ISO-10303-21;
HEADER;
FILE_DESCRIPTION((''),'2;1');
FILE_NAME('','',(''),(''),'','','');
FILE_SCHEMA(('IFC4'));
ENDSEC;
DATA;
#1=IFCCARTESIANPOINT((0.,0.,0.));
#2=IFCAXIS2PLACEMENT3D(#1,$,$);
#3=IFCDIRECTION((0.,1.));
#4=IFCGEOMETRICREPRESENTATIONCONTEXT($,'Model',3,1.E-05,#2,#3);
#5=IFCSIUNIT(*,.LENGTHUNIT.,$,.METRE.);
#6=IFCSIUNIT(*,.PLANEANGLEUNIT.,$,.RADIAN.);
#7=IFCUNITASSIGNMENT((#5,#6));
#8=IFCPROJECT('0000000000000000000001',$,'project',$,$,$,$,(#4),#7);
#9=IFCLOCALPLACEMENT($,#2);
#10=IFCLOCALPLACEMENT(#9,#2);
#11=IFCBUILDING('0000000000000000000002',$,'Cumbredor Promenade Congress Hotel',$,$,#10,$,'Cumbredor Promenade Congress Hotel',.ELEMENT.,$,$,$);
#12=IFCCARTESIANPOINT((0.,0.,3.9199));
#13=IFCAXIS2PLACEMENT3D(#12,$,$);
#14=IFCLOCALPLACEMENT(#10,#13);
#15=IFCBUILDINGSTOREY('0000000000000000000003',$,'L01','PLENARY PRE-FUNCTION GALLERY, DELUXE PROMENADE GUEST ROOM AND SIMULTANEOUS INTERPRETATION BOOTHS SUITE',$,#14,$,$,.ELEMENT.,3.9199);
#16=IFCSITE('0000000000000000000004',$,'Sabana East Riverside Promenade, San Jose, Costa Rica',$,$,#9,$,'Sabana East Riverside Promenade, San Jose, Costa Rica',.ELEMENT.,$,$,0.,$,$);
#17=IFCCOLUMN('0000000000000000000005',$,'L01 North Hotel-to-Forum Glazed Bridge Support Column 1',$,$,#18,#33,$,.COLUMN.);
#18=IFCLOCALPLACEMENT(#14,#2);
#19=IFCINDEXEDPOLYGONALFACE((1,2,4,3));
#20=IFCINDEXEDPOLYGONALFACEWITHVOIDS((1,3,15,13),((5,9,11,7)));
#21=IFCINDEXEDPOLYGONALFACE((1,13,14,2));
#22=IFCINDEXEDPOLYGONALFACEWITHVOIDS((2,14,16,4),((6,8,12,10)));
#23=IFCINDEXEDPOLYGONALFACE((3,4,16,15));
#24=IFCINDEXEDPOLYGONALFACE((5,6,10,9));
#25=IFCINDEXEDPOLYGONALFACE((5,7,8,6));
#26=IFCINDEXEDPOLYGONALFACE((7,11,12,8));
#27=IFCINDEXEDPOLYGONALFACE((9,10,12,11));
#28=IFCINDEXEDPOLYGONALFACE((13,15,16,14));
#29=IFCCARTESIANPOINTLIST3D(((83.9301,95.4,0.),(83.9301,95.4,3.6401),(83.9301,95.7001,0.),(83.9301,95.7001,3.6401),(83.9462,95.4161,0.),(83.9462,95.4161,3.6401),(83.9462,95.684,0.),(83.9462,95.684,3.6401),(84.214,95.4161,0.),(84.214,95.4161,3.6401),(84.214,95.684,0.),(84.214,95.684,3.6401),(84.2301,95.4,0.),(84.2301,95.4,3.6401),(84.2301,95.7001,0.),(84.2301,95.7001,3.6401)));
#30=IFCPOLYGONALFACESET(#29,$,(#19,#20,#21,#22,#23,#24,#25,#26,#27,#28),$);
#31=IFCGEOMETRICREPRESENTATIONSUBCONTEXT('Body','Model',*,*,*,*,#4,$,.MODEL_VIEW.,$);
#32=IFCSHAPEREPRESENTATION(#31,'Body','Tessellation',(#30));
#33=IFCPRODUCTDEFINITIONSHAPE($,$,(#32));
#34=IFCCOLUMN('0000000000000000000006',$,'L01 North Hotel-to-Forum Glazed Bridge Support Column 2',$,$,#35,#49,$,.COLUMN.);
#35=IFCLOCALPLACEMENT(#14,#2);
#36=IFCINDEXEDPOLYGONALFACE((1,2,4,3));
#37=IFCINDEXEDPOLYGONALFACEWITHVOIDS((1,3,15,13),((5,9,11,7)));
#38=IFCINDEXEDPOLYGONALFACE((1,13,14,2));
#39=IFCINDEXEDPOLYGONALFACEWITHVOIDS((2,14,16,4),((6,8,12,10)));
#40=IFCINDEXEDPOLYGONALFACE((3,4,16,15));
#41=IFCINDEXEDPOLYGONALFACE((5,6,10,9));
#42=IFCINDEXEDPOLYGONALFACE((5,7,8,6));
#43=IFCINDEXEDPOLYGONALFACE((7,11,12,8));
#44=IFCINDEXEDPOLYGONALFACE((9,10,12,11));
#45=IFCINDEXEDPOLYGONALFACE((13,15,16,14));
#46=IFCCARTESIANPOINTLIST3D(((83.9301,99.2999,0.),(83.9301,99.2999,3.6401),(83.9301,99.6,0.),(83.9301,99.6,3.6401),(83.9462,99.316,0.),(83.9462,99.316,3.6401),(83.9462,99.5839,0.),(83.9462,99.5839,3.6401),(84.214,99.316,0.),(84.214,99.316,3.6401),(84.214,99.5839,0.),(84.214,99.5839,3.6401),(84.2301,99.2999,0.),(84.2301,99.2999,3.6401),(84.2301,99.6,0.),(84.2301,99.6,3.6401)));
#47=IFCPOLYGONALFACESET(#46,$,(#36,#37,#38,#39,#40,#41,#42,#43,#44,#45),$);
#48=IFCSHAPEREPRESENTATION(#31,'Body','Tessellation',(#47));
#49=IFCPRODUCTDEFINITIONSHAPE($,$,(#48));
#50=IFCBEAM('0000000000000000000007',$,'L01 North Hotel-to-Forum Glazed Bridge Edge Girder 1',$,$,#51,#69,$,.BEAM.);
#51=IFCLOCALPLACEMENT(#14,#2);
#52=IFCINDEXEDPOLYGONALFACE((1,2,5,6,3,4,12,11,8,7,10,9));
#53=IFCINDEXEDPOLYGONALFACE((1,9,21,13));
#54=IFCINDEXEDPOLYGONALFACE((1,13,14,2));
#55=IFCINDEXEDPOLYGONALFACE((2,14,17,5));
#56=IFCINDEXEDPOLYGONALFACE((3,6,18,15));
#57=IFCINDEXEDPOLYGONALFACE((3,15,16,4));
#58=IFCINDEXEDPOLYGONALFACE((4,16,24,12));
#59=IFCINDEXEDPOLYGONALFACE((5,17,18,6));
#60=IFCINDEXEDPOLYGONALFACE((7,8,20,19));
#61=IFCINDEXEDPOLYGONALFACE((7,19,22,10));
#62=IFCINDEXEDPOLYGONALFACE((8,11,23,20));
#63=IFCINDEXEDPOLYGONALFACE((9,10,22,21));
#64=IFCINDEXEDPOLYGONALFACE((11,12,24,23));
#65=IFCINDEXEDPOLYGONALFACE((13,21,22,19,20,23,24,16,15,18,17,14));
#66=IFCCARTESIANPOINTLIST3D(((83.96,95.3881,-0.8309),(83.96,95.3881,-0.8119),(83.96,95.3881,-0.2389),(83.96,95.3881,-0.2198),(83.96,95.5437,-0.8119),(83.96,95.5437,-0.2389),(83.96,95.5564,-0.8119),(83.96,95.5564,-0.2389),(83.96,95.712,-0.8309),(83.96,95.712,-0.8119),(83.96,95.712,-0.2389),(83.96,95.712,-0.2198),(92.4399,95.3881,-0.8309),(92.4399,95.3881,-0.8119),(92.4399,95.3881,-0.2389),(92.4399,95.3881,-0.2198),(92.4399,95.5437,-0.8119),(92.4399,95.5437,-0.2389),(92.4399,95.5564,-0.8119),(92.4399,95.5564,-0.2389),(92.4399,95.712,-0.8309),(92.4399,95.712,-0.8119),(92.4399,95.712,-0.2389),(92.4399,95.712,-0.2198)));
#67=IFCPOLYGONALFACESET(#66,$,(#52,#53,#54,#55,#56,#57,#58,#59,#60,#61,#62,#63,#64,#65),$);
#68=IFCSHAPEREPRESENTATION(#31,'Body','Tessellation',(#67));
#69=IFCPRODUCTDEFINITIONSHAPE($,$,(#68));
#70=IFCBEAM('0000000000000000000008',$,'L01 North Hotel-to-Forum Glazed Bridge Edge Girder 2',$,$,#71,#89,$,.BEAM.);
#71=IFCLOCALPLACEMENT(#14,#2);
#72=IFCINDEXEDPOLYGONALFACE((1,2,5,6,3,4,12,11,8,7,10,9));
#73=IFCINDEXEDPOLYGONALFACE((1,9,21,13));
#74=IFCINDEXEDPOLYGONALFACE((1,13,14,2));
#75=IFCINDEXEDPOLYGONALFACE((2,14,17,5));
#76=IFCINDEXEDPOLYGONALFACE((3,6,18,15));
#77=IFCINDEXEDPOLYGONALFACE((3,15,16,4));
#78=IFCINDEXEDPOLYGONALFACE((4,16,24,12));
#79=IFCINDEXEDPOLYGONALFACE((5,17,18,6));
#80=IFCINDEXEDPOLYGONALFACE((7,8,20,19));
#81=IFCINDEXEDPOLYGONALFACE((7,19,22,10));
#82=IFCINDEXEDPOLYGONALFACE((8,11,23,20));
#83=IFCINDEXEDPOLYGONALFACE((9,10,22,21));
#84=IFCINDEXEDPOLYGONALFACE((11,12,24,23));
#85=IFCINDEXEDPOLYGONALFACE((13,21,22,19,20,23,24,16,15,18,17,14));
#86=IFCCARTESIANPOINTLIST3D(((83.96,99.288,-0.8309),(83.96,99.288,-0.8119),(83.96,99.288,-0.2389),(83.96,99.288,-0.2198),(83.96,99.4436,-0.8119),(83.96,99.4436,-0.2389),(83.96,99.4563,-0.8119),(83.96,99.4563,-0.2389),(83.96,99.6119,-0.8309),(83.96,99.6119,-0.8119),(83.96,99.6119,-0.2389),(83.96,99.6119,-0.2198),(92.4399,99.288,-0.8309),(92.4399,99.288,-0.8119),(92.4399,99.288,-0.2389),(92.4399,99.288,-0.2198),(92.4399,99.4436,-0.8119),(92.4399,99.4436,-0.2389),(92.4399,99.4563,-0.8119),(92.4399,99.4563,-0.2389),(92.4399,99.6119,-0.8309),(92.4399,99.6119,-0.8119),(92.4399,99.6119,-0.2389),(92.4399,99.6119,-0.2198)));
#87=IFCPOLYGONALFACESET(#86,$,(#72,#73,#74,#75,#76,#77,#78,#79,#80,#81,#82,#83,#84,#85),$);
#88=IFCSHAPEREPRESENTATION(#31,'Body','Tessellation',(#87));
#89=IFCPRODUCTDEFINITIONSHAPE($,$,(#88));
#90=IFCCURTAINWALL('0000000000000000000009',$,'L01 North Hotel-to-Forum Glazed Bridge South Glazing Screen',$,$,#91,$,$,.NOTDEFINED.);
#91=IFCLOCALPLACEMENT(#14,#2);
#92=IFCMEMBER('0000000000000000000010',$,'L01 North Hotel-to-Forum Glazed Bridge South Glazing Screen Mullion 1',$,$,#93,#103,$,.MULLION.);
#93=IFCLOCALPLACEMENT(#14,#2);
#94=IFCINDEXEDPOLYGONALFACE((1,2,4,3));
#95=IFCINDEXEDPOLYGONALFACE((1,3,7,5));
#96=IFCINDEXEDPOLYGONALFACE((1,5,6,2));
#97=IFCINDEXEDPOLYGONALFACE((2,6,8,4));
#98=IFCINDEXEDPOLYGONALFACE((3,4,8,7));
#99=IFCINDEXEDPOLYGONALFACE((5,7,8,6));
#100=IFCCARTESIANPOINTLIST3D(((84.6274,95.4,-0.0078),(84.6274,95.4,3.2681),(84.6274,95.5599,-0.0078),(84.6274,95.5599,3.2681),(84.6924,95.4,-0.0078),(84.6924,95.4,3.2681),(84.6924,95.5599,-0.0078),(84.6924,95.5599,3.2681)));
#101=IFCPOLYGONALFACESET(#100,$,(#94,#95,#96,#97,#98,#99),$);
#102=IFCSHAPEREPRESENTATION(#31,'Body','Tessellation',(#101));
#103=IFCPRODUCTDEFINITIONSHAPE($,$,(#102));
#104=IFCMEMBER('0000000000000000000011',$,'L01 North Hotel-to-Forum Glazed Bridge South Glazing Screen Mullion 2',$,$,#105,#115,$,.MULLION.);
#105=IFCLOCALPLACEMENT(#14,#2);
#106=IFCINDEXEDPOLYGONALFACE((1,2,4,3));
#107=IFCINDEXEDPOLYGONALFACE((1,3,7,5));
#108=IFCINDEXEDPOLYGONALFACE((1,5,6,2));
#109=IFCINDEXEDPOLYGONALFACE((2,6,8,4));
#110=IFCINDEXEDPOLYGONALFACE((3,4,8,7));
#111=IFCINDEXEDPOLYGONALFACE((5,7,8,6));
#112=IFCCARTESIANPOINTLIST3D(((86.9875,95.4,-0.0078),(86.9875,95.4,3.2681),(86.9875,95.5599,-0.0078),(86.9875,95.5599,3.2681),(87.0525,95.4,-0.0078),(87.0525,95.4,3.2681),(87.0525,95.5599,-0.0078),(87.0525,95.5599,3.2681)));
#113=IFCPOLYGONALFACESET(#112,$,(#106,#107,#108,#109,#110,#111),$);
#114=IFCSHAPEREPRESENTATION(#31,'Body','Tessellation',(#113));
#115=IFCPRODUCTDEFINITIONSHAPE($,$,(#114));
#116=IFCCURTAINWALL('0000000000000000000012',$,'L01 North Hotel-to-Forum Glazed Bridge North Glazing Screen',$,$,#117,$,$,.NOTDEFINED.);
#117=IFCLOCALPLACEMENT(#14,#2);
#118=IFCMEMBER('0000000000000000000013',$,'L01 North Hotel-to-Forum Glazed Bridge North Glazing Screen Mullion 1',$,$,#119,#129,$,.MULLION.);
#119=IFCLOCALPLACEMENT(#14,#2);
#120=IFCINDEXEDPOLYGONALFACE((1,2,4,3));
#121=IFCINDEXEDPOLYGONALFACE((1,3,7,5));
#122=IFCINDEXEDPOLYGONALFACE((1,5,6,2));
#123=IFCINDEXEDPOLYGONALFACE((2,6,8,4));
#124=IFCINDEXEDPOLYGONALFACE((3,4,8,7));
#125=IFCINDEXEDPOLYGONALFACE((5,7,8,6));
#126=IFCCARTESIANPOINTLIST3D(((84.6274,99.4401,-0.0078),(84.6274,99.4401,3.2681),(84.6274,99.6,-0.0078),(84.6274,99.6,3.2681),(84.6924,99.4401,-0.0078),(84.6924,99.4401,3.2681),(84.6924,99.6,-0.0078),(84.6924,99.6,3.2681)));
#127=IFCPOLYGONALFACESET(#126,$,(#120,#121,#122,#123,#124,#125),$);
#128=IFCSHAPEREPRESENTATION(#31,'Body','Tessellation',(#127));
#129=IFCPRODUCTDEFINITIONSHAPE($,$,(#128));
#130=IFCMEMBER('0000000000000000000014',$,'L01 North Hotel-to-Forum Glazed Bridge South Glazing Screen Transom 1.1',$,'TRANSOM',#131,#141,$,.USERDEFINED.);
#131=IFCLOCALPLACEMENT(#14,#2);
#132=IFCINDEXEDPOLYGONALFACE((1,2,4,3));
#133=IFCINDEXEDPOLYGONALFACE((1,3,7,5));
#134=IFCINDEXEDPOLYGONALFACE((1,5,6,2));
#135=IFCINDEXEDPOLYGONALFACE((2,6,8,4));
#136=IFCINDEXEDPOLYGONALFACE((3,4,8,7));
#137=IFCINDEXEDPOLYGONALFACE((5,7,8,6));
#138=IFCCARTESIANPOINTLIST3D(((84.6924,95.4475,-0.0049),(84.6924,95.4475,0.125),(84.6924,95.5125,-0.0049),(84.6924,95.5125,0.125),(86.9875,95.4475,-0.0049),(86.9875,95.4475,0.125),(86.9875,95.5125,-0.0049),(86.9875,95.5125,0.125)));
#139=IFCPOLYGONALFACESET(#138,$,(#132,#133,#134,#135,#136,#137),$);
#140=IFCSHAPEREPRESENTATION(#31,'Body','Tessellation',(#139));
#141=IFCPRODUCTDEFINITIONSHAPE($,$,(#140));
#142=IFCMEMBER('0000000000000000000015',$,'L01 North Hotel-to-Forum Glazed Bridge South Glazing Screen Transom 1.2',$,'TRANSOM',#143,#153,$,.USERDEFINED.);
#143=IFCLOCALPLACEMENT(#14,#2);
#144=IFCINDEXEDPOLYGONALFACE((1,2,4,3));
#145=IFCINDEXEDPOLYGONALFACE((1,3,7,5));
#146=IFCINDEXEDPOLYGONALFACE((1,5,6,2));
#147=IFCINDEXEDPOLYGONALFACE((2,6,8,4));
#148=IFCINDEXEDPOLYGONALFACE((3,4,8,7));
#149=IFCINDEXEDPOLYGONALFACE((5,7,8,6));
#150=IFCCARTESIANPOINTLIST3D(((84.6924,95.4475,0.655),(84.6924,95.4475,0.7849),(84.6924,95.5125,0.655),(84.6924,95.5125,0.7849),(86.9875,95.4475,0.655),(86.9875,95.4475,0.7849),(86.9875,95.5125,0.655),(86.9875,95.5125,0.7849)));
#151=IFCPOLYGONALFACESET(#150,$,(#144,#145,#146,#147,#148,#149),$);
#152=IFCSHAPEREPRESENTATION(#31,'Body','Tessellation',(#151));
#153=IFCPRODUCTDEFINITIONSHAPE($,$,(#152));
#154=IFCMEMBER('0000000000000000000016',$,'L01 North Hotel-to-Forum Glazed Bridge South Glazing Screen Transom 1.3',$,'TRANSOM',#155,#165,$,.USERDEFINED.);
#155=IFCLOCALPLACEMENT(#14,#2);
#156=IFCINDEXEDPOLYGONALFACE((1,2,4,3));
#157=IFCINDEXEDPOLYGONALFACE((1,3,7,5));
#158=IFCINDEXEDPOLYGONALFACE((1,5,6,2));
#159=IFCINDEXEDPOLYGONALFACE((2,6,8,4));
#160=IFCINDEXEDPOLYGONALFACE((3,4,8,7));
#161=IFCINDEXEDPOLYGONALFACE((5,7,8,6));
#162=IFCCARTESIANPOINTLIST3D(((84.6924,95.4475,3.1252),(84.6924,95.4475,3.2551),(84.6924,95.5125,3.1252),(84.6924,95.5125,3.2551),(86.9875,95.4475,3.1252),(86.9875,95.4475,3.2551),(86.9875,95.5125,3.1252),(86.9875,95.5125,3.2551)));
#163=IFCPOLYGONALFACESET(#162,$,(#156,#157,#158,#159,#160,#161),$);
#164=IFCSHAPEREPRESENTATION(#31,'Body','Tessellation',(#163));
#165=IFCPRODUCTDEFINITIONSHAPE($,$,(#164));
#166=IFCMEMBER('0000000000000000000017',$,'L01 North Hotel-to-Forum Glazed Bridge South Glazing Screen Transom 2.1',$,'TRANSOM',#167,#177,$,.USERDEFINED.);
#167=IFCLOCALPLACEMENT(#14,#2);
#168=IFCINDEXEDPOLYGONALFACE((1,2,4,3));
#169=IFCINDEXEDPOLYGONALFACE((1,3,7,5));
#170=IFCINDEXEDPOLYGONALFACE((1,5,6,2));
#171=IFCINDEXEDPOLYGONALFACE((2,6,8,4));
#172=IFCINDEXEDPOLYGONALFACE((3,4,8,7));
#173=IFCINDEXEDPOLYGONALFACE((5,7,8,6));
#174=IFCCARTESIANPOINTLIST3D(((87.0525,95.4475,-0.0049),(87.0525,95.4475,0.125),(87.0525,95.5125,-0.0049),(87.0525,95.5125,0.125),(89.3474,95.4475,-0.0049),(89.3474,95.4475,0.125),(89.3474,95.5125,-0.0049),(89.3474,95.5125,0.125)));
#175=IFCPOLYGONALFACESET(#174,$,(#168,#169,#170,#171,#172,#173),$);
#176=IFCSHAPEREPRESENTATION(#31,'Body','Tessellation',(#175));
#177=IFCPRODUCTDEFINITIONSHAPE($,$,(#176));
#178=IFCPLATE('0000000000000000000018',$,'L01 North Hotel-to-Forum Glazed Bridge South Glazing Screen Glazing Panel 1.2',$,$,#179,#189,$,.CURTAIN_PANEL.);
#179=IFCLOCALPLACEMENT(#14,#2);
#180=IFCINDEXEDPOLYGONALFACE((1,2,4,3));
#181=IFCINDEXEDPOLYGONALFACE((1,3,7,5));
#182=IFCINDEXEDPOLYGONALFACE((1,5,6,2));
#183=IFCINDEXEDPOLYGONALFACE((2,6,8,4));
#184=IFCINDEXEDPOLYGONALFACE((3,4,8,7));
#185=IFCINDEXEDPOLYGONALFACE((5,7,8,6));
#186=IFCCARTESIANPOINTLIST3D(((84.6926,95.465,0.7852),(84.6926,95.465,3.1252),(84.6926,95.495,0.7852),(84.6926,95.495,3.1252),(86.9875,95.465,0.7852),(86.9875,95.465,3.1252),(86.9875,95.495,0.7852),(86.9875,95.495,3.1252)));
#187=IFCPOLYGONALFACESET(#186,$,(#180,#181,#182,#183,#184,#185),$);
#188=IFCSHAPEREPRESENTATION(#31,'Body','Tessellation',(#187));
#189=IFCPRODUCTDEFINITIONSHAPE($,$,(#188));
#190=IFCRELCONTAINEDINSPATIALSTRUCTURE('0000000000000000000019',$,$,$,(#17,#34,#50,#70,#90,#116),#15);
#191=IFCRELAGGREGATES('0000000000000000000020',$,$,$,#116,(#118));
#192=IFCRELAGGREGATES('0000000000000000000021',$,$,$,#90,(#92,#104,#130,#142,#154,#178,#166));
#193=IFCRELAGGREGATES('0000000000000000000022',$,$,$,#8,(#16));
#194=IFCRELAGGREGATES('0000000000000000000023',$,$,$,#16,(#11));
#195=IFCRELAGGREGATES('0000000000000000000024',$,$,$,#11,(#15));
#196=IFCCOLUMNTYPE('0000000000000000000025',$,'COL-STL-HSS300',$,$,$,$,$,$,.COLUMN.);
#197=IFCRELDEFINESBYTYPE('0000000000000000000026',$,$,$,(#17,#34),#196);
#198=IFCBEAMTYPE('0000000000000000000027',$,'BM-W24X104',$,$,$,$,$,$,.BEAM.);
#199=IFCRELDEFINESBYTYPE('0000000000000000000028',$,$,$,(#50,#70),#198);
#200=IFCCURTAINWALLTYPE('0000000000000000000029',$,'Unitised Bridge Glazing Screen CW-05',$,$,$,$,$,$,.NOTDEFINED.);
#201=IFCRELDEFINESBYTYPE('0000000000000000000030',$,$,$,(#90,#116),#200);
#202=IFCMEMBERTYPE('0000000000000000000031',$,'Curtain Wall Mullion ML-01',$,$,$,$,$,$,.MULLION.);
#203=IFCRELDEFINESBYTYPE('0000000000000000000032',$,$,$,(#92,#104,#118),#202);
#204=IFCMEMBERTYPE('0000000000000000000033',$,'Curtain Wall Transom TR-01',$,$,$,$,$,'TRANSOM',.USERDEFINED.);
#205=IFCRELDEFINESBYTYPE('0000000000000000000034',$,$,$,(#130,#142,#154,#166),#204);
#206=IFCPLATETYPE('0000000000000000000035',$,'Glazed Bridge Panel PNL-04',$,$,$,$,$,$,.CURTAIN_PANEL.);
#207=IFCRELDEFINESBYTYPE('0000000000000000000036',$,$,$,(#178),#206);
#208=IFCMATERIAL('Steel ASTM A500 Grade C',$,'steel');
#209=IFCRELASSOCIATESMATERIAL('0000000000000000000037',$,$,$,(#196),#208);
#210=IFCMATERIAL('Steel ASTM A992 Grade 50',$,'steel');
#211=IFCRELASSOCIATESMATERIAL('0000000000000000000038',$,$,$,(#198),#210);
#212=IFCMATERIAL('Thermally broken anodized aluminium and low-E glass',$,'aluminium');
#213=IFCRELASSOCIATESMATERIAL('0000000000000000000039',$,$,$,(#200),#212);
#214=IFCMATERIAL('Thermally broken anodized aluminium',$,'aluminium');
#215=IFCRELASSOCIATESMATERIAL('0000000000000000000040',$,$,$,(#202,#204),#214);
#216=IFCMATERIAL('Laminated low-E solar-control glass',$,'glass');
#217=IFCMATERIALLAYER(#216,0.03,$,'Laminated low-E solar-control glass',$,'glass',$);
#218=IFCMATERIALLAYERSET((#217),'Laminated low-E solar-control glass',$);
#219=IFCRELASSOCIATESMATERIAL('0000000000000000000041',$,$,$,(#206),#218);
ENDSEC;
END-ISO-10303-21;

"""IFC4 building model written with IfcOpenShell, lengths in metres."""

from ifc_helpers import new_model, si_unit, direction, frame, origin, origin_2d, place, context, subcontext, project, spatial, rectangle, hollow_rectangle, i_section, extrude, material, layer, layer_set, material_profile, profile_set, type_object, element, aggregate, save


model = new_model("IFC4")

# Units and contexts
model_context = context("Model", 3, precision=1e-05, world=origin(), true_north=direction((0.0, 1.0)))
body_context = subcontext(model_context, "Body", "Model", "MODEL_VIEW")
ifc_project = project(units=[si_unit("LENGTHUNIT", "METRE"), si_unit("PLANEANGLEUNIT", "RADIAN")], contexts=[model_context])

# Site, building, storey
site_placement = place(None, origin())
site = spatial("IfcSite", under=ifc_project, at=site_placement, Name="Sabana East Riverside Promenade, San Jose, Costa Rica", LongName="Sabana East Riverside Promenade, San Jose, Costa Rica", CompositionType="ELEMENT", RefElevation=0.0)
building_placement = place(site_placement, origin())
building = spatial("IfcBuilding", under=site, at=building_placement, Name="Cumbredor Promenade Congress Hotel", LongName="Cumbredor Promenade Congress Hotel", CompositionType="ELEMENT")
storey_placement = place(building_placement, frame((0.0, 0.0, 3.9199)))
storey = spatial("IfcBuildingStorey", under=building, at=storey_placement, Name="L01", Description="PLENARY PRE-FUNCTION GALLERY, DELUXE PROMENADE GUEST ROOM AND SIMULTANEOUS INTERPRETATION BOOTHS SUITE", CompositionType="ELEMENT", Elevation=3.9199)

# Columns
ifc_material_1 = material(Name="Steel ASTM A500 Grade C", Category="steel")
ifc_material_profile_1 = material_profile(ifc_material_1, hollow_rectangle(XDim=0.3, YDim=0.3, WallThickness=0.0161, at=origin_2d()), Name="HSS 300x300x16")
ifc_profile_set_1 = profile_set([ifc_material_profile_1], Name="Steel ASTM A500 Grade C")
column_type = type_object("IfcColumnType", Name="COL-STL-HSS300", PredefinedType="COLUMN", material=ifc_profile_set_1)
for number, where, z_axis, x_axis, name in (
    (1, (84.0801, 95.55, 0.0), (0.0, 0.0, 1.0), (1.0, 0.0, 0.0), "L01 North Hotel-to-Forum Glazed Bridge Support Column 1"),
    (2, (84.0801, 99.45, 0.0), (0.0, 0.0, 1.0), (1.0, 0.0, 0.0), "L01 North Hotel-to-Forum Glazed Bridge Support Column 2"),
):
    element("IfcColumn", number, at=place(storey_placement, frame(where, z_axis=z_axis, x_axis=x_axis)), inside=storey, type_object=column_type, Name=name, PredefinedType="COLUMN", context=body_context, shape_type="SweptSolid", body=[
        extrude(hollow_rectangle(XDim=0.3, YDim=0.3, WallThickness=0.0161, at=origin_2d()), origin(), (0.0, 0.0, 1.0), 3.6401),
    ])

# Beams
ifc_material_2 = material(Name="Steel ASTM A992 Grade 50", Category="steel")
ifc_material_profile_2 = material_profile(ifc_material_2, i_section(OverallWidth=0.324, OverallDepth=0.6111, WebThickness=0.0127, FlangeThickness=0.019, at=origin_2d()), Name="W24X104")
ifc_profile_set_2 = profile_set([ifc_material_profile_2], Name="Steel ASTM A992 Grade 50")
beam_type = type_object("IfcBeamType", Name="BM-W24X104", PredefinedType="BEAM", material=ifc_profile_set_2)
for number, where, z_axis, x_axis, name in (
    (3, (83.96, 95.55, -0.5254), (1.0, 0.0, 0.0), (0.0, 1.0, 0.0), "L01 North Hotel-to-Forum Glazed Bridge Edge Girder 1"),
    (4, (83.96, 99.45, -0.5254), (1.0, 0.0, 0.0), (0.0, 1.0, 0.0), "L01 North Hotel-to-Forum Glazed Bridge Edge Girder 2"),
):
    element("IfcBeam", number, at=place(storey_placement, frame(where, z_axis=z_axis, x_axis=x_axis)), inside=storey, type_object=beam_type, Name=name, PredefinedType="BEAM", context=body_context, shape_type="SweptSolid", body=[
        extrude(i_section(OverallWidth=0.324, OverallDepth=0.6111, WebThickness=0.0127, FlangeThickness=0.019, at=origin_2d()), origin(), (0.0, 0.0, 1.0), 8.48),
    ])

# Curtain wall, members
ifc_material_3 = material(Name="Thermally broken anodized aluminium and low-E glass", Category="aluminium")
curtain_wall_type = type_object("IfcCurtainWallType", Name="Unitised Bridge Glazing Screen CW-05", PredefinedType="NOTDEFINED", material=ifc_material_3)
curtain_wall_1_placement = place(storey_placement, origin())
curtain_wall_1 = element("IfcCurtainWall", 5, at=curtain_wall_1_placement, inside=storey, type_object=curtain_wall_type, Name="L01 North Hotel-to-Forum Glazed Bridge South Glazing Screen", PredefinedType="NOTDEFINED")
ifc_material_4 = material(Name="Thermally broken anodized aluminium", Category="aluminium")
ifc_material_profile_3 = material_profile(ifc_material_4, rectangle(XDim=0.0649, YDim=0.1599, at=origin_2d()), Name="ALU MULLION 65x160")
ifc_profile_set_3 = profile_set([ifc_material_profile_3], Name="Thermally broken anodized aluminium")
member_type_1 = type_object("IfcMemberType", Name="Curtain Wall Mullion ML-01", PredefinedType="MULLION", material=ifc_profile_set_3)
member_1_placement = place(storey_placement, frame((84.6599, 95.48, -0.0078), z_axis=(0.0, 0.0, 1.0), x_axis=(1.0, 0.0, 0.0)))
member_1 = element("IfcMember", 6, at=member_1_placement, type_object=member_type_1, Name="L01 North Hotel-to-Forum Glazed Bridge South Glazing Screen Mullion 1", PredefinedType="MULLION", context=body_context, shape_type="SweptSolid", body=[
    extrude(rectangle(XDim=0.0649, YDim=0.1599, at=origin_2d()), origin(), (0.0, 0.0, 1.0), 3.2759),
])
member_2_placement = place(storey_placement, frame((87.02, 95.48, -0.0078), z_axis=(0.0, 0.0, 1.0), x_axis=(1.0, 0.0, 0.0)))
member_2 = element("IfcMember", 7, at=member_2_placement, type_object=member_type_1, Name="L01 North Hotel-to-Forum Glazed Bridge South Glazing Screen Mullion 2", PredefinedType="MULLION", context=body_context, shape_type="SweptSolid", body=[
    extrude(rectangle(XDim=0.0649, YDim=0.1599, at=origin_2d()), origin(), (0.0, 0.0, 1.0), 3.2759),
])

# Curtain wall, member
curtain_wall_2_placement = place(storey_placement, origin())
curtain_wall_2 = element("IfcCurtainWall", 8, at=curtain_wall_2_placement, inside=storey, type_object=curtain_wall_type, Name="L01 North Hotel-to-Forum Glazed Bridge North Glazing Screen", PredefinedType="NOTDEFINED")
member_3_placement = place(storey_placement, frame((84.6599, 99.52, -0.0078), z_axis=(0.0, 0.0, 1.0), x_axis=(1.0, 0.0, 0.0)))
member_3 = element("IfcMember", 9, at=member_3_placement, type_object=member_type_1, Name="L01 North Hotel-to-Forum Glazed Bridge North Glazing Screen Mullion 1", PredefinedType="MULLION", context=body_context, shape_type="SweptSolid", body=[
    extrude(rectangle(XDim=0.0649, YDim=0.1599, at=origin_2d()), origin(), (0.0, 0.0, 1.0), 3.2759),
])
aggregate(curtain_wall_2, [member_3])

# Members
ifc_material_profile_4 = material_profile(ifc_material_4, rectangle(XDim=0.0649, YDim=0.1299, at=origin_2d()), Name="ALU TRANSOM 65x130")
ifc_profile_set_4 = profile_set([ifc_material_profile_4], Name="Thermally broken anodized aluminium")
member_type_2 = type_object("IfcMemberType", Name="Curtain Wall Transom TR-01", ElementType="TRANSOM", PredefinedType="USERDEFINED", material=ifc_profile_set_4)
member_4_placement = place(storey_placement, frame((84.6924, 95.48, 0.0601), z_axis=(1.0, 0.0, 0.0), x_axis=(0.0, 1.0, 0.0)))
member_4 = element("IfcMember", 10, at=member_4_placement, type_object=member_type_2, Name="L01 North Hotel-to-Forum Glazed Bridge South Glazing Screen Transom 1.1", ObjectType="TRANSOM", PredefinedType="USERDEFINED", context=body_context, shape_type="SweptSolid", body=[
    extrude(rectangle(XDim=0.0649, YDim=0.1299, at=origin_2d()), origin(), (0.0, 0.0, 1.0), 2.2952),
])
member_5_placement = place(storey_placement, frame((84.6924, 95.48, 0.72), z_axis=(1.0, 0.0, 0.0), x_axis=(0.0, 1.0, 0.0)))
member_5 = element("IfcMember", 11, at=member_5_placement, type_object=member_type_2, Name="L01 North Hotel-to-Forum Glazed Bridge South Glazing Screen Transom 1.2", ObjectType="TRANSOM", PredefinedType="USERDEFINED", context=body_context, shape_type="SweptSolid", body=[
    extrude(rectangle(XDim=0.0649, YDim=0.1299, at=origin_2d()), origin(), (0.0, 0.0, 1.0), 2.2952),
])
member_6_placement = place(storey_placement, frame((84.6924, 95.48, 3.1902), z_axis=(1.0, 0.0, 0.0), x_axis=(0.0, 1.0, 0.0)))
member_6 = element("IfcMember", 12, at=member_6_placement, type_object=member_type_2, Name="L01 North Hotel-to-Forum Glazed Bridge South Glazing Screen Transom 1.3", ObjectType="TRANSOM", PredefinedType="USERDEFINED", context=body_context, shape_type="SweptSolid", body=[
    extrude(rectangle(XDim=0.0649, YDim=0.1299, at=origin_2d()), origin(), (0.0, 0.0, 1.0), 2.2952),
])
member_7_placement = place(storey_placement, frame((87.0525, 95.48, 0.0601), z_axis=(1.0, 0.0, 0.0), x_axis=(0.0, 1.0, 0.0)))
member_7 = element("IfcMember", 13, at=member_7_placement, type_object=member_type_2, Name="L01 North Hotel-to-Forum Glazed Bridge South Glazing Screen Transom 2.1", ObjectType="TRANSOM", PredefinedType="USERDEFINED", context=body_context, shape_type="SweptSolid", body=[
    extrude(rectangle(XDim=0.0649, YDim=0.1299, at=origin_2d()), origin(), (0.0, 0.0, 1.0), 2.2949),
])

# Plate
ifc_material_5 = material(Name="Laminated low-E solar-control glass", Category="glass")
ifc_layer_1 = layer(ifc_material_5, 0.03, Name="Laminated low-E solar-control glass", Category="glass")
ifc_layer_set_1 = layer_set([ifc_layer_1], Name="Laminated low-E solar-control glass")
plate_type_1 = type_object("IfcPlateType", Name="Glazed Bridge Panel PNL-04", PredefinedType="CURTAIN_PANEL", material=ifc_layer_set_1)
plate_1_placement = place(storey_placement, frame((85.8401, 95.48, 0.7852), z_axis=(0.0, 0.0, 1.0), x_axis=(1.0, 0.0, 0.0)))
plate_1 = element("IfcPlate", 14, at=plate_1_placement, type_object=plate_type_1, Name="L01 North Hotel-to-Forum Glazed Bridge South Glazing Screen Glazing Panel 1.2", PredefinedType="CURTAIN_PANEL", context=body_context, shape_type="SweptSolid", body=[
    extrude(rectangle(XDim=2.2949, YDim=0.03, at=origin_2d()), origin(), (0.0, 0.0, 1.0), 2.3401),
])

aggregate(curtain_wall_1, [member_1, member_2, member_4, member_5, member_6, plate_1, member_7])

save(model, "model.ifc")
